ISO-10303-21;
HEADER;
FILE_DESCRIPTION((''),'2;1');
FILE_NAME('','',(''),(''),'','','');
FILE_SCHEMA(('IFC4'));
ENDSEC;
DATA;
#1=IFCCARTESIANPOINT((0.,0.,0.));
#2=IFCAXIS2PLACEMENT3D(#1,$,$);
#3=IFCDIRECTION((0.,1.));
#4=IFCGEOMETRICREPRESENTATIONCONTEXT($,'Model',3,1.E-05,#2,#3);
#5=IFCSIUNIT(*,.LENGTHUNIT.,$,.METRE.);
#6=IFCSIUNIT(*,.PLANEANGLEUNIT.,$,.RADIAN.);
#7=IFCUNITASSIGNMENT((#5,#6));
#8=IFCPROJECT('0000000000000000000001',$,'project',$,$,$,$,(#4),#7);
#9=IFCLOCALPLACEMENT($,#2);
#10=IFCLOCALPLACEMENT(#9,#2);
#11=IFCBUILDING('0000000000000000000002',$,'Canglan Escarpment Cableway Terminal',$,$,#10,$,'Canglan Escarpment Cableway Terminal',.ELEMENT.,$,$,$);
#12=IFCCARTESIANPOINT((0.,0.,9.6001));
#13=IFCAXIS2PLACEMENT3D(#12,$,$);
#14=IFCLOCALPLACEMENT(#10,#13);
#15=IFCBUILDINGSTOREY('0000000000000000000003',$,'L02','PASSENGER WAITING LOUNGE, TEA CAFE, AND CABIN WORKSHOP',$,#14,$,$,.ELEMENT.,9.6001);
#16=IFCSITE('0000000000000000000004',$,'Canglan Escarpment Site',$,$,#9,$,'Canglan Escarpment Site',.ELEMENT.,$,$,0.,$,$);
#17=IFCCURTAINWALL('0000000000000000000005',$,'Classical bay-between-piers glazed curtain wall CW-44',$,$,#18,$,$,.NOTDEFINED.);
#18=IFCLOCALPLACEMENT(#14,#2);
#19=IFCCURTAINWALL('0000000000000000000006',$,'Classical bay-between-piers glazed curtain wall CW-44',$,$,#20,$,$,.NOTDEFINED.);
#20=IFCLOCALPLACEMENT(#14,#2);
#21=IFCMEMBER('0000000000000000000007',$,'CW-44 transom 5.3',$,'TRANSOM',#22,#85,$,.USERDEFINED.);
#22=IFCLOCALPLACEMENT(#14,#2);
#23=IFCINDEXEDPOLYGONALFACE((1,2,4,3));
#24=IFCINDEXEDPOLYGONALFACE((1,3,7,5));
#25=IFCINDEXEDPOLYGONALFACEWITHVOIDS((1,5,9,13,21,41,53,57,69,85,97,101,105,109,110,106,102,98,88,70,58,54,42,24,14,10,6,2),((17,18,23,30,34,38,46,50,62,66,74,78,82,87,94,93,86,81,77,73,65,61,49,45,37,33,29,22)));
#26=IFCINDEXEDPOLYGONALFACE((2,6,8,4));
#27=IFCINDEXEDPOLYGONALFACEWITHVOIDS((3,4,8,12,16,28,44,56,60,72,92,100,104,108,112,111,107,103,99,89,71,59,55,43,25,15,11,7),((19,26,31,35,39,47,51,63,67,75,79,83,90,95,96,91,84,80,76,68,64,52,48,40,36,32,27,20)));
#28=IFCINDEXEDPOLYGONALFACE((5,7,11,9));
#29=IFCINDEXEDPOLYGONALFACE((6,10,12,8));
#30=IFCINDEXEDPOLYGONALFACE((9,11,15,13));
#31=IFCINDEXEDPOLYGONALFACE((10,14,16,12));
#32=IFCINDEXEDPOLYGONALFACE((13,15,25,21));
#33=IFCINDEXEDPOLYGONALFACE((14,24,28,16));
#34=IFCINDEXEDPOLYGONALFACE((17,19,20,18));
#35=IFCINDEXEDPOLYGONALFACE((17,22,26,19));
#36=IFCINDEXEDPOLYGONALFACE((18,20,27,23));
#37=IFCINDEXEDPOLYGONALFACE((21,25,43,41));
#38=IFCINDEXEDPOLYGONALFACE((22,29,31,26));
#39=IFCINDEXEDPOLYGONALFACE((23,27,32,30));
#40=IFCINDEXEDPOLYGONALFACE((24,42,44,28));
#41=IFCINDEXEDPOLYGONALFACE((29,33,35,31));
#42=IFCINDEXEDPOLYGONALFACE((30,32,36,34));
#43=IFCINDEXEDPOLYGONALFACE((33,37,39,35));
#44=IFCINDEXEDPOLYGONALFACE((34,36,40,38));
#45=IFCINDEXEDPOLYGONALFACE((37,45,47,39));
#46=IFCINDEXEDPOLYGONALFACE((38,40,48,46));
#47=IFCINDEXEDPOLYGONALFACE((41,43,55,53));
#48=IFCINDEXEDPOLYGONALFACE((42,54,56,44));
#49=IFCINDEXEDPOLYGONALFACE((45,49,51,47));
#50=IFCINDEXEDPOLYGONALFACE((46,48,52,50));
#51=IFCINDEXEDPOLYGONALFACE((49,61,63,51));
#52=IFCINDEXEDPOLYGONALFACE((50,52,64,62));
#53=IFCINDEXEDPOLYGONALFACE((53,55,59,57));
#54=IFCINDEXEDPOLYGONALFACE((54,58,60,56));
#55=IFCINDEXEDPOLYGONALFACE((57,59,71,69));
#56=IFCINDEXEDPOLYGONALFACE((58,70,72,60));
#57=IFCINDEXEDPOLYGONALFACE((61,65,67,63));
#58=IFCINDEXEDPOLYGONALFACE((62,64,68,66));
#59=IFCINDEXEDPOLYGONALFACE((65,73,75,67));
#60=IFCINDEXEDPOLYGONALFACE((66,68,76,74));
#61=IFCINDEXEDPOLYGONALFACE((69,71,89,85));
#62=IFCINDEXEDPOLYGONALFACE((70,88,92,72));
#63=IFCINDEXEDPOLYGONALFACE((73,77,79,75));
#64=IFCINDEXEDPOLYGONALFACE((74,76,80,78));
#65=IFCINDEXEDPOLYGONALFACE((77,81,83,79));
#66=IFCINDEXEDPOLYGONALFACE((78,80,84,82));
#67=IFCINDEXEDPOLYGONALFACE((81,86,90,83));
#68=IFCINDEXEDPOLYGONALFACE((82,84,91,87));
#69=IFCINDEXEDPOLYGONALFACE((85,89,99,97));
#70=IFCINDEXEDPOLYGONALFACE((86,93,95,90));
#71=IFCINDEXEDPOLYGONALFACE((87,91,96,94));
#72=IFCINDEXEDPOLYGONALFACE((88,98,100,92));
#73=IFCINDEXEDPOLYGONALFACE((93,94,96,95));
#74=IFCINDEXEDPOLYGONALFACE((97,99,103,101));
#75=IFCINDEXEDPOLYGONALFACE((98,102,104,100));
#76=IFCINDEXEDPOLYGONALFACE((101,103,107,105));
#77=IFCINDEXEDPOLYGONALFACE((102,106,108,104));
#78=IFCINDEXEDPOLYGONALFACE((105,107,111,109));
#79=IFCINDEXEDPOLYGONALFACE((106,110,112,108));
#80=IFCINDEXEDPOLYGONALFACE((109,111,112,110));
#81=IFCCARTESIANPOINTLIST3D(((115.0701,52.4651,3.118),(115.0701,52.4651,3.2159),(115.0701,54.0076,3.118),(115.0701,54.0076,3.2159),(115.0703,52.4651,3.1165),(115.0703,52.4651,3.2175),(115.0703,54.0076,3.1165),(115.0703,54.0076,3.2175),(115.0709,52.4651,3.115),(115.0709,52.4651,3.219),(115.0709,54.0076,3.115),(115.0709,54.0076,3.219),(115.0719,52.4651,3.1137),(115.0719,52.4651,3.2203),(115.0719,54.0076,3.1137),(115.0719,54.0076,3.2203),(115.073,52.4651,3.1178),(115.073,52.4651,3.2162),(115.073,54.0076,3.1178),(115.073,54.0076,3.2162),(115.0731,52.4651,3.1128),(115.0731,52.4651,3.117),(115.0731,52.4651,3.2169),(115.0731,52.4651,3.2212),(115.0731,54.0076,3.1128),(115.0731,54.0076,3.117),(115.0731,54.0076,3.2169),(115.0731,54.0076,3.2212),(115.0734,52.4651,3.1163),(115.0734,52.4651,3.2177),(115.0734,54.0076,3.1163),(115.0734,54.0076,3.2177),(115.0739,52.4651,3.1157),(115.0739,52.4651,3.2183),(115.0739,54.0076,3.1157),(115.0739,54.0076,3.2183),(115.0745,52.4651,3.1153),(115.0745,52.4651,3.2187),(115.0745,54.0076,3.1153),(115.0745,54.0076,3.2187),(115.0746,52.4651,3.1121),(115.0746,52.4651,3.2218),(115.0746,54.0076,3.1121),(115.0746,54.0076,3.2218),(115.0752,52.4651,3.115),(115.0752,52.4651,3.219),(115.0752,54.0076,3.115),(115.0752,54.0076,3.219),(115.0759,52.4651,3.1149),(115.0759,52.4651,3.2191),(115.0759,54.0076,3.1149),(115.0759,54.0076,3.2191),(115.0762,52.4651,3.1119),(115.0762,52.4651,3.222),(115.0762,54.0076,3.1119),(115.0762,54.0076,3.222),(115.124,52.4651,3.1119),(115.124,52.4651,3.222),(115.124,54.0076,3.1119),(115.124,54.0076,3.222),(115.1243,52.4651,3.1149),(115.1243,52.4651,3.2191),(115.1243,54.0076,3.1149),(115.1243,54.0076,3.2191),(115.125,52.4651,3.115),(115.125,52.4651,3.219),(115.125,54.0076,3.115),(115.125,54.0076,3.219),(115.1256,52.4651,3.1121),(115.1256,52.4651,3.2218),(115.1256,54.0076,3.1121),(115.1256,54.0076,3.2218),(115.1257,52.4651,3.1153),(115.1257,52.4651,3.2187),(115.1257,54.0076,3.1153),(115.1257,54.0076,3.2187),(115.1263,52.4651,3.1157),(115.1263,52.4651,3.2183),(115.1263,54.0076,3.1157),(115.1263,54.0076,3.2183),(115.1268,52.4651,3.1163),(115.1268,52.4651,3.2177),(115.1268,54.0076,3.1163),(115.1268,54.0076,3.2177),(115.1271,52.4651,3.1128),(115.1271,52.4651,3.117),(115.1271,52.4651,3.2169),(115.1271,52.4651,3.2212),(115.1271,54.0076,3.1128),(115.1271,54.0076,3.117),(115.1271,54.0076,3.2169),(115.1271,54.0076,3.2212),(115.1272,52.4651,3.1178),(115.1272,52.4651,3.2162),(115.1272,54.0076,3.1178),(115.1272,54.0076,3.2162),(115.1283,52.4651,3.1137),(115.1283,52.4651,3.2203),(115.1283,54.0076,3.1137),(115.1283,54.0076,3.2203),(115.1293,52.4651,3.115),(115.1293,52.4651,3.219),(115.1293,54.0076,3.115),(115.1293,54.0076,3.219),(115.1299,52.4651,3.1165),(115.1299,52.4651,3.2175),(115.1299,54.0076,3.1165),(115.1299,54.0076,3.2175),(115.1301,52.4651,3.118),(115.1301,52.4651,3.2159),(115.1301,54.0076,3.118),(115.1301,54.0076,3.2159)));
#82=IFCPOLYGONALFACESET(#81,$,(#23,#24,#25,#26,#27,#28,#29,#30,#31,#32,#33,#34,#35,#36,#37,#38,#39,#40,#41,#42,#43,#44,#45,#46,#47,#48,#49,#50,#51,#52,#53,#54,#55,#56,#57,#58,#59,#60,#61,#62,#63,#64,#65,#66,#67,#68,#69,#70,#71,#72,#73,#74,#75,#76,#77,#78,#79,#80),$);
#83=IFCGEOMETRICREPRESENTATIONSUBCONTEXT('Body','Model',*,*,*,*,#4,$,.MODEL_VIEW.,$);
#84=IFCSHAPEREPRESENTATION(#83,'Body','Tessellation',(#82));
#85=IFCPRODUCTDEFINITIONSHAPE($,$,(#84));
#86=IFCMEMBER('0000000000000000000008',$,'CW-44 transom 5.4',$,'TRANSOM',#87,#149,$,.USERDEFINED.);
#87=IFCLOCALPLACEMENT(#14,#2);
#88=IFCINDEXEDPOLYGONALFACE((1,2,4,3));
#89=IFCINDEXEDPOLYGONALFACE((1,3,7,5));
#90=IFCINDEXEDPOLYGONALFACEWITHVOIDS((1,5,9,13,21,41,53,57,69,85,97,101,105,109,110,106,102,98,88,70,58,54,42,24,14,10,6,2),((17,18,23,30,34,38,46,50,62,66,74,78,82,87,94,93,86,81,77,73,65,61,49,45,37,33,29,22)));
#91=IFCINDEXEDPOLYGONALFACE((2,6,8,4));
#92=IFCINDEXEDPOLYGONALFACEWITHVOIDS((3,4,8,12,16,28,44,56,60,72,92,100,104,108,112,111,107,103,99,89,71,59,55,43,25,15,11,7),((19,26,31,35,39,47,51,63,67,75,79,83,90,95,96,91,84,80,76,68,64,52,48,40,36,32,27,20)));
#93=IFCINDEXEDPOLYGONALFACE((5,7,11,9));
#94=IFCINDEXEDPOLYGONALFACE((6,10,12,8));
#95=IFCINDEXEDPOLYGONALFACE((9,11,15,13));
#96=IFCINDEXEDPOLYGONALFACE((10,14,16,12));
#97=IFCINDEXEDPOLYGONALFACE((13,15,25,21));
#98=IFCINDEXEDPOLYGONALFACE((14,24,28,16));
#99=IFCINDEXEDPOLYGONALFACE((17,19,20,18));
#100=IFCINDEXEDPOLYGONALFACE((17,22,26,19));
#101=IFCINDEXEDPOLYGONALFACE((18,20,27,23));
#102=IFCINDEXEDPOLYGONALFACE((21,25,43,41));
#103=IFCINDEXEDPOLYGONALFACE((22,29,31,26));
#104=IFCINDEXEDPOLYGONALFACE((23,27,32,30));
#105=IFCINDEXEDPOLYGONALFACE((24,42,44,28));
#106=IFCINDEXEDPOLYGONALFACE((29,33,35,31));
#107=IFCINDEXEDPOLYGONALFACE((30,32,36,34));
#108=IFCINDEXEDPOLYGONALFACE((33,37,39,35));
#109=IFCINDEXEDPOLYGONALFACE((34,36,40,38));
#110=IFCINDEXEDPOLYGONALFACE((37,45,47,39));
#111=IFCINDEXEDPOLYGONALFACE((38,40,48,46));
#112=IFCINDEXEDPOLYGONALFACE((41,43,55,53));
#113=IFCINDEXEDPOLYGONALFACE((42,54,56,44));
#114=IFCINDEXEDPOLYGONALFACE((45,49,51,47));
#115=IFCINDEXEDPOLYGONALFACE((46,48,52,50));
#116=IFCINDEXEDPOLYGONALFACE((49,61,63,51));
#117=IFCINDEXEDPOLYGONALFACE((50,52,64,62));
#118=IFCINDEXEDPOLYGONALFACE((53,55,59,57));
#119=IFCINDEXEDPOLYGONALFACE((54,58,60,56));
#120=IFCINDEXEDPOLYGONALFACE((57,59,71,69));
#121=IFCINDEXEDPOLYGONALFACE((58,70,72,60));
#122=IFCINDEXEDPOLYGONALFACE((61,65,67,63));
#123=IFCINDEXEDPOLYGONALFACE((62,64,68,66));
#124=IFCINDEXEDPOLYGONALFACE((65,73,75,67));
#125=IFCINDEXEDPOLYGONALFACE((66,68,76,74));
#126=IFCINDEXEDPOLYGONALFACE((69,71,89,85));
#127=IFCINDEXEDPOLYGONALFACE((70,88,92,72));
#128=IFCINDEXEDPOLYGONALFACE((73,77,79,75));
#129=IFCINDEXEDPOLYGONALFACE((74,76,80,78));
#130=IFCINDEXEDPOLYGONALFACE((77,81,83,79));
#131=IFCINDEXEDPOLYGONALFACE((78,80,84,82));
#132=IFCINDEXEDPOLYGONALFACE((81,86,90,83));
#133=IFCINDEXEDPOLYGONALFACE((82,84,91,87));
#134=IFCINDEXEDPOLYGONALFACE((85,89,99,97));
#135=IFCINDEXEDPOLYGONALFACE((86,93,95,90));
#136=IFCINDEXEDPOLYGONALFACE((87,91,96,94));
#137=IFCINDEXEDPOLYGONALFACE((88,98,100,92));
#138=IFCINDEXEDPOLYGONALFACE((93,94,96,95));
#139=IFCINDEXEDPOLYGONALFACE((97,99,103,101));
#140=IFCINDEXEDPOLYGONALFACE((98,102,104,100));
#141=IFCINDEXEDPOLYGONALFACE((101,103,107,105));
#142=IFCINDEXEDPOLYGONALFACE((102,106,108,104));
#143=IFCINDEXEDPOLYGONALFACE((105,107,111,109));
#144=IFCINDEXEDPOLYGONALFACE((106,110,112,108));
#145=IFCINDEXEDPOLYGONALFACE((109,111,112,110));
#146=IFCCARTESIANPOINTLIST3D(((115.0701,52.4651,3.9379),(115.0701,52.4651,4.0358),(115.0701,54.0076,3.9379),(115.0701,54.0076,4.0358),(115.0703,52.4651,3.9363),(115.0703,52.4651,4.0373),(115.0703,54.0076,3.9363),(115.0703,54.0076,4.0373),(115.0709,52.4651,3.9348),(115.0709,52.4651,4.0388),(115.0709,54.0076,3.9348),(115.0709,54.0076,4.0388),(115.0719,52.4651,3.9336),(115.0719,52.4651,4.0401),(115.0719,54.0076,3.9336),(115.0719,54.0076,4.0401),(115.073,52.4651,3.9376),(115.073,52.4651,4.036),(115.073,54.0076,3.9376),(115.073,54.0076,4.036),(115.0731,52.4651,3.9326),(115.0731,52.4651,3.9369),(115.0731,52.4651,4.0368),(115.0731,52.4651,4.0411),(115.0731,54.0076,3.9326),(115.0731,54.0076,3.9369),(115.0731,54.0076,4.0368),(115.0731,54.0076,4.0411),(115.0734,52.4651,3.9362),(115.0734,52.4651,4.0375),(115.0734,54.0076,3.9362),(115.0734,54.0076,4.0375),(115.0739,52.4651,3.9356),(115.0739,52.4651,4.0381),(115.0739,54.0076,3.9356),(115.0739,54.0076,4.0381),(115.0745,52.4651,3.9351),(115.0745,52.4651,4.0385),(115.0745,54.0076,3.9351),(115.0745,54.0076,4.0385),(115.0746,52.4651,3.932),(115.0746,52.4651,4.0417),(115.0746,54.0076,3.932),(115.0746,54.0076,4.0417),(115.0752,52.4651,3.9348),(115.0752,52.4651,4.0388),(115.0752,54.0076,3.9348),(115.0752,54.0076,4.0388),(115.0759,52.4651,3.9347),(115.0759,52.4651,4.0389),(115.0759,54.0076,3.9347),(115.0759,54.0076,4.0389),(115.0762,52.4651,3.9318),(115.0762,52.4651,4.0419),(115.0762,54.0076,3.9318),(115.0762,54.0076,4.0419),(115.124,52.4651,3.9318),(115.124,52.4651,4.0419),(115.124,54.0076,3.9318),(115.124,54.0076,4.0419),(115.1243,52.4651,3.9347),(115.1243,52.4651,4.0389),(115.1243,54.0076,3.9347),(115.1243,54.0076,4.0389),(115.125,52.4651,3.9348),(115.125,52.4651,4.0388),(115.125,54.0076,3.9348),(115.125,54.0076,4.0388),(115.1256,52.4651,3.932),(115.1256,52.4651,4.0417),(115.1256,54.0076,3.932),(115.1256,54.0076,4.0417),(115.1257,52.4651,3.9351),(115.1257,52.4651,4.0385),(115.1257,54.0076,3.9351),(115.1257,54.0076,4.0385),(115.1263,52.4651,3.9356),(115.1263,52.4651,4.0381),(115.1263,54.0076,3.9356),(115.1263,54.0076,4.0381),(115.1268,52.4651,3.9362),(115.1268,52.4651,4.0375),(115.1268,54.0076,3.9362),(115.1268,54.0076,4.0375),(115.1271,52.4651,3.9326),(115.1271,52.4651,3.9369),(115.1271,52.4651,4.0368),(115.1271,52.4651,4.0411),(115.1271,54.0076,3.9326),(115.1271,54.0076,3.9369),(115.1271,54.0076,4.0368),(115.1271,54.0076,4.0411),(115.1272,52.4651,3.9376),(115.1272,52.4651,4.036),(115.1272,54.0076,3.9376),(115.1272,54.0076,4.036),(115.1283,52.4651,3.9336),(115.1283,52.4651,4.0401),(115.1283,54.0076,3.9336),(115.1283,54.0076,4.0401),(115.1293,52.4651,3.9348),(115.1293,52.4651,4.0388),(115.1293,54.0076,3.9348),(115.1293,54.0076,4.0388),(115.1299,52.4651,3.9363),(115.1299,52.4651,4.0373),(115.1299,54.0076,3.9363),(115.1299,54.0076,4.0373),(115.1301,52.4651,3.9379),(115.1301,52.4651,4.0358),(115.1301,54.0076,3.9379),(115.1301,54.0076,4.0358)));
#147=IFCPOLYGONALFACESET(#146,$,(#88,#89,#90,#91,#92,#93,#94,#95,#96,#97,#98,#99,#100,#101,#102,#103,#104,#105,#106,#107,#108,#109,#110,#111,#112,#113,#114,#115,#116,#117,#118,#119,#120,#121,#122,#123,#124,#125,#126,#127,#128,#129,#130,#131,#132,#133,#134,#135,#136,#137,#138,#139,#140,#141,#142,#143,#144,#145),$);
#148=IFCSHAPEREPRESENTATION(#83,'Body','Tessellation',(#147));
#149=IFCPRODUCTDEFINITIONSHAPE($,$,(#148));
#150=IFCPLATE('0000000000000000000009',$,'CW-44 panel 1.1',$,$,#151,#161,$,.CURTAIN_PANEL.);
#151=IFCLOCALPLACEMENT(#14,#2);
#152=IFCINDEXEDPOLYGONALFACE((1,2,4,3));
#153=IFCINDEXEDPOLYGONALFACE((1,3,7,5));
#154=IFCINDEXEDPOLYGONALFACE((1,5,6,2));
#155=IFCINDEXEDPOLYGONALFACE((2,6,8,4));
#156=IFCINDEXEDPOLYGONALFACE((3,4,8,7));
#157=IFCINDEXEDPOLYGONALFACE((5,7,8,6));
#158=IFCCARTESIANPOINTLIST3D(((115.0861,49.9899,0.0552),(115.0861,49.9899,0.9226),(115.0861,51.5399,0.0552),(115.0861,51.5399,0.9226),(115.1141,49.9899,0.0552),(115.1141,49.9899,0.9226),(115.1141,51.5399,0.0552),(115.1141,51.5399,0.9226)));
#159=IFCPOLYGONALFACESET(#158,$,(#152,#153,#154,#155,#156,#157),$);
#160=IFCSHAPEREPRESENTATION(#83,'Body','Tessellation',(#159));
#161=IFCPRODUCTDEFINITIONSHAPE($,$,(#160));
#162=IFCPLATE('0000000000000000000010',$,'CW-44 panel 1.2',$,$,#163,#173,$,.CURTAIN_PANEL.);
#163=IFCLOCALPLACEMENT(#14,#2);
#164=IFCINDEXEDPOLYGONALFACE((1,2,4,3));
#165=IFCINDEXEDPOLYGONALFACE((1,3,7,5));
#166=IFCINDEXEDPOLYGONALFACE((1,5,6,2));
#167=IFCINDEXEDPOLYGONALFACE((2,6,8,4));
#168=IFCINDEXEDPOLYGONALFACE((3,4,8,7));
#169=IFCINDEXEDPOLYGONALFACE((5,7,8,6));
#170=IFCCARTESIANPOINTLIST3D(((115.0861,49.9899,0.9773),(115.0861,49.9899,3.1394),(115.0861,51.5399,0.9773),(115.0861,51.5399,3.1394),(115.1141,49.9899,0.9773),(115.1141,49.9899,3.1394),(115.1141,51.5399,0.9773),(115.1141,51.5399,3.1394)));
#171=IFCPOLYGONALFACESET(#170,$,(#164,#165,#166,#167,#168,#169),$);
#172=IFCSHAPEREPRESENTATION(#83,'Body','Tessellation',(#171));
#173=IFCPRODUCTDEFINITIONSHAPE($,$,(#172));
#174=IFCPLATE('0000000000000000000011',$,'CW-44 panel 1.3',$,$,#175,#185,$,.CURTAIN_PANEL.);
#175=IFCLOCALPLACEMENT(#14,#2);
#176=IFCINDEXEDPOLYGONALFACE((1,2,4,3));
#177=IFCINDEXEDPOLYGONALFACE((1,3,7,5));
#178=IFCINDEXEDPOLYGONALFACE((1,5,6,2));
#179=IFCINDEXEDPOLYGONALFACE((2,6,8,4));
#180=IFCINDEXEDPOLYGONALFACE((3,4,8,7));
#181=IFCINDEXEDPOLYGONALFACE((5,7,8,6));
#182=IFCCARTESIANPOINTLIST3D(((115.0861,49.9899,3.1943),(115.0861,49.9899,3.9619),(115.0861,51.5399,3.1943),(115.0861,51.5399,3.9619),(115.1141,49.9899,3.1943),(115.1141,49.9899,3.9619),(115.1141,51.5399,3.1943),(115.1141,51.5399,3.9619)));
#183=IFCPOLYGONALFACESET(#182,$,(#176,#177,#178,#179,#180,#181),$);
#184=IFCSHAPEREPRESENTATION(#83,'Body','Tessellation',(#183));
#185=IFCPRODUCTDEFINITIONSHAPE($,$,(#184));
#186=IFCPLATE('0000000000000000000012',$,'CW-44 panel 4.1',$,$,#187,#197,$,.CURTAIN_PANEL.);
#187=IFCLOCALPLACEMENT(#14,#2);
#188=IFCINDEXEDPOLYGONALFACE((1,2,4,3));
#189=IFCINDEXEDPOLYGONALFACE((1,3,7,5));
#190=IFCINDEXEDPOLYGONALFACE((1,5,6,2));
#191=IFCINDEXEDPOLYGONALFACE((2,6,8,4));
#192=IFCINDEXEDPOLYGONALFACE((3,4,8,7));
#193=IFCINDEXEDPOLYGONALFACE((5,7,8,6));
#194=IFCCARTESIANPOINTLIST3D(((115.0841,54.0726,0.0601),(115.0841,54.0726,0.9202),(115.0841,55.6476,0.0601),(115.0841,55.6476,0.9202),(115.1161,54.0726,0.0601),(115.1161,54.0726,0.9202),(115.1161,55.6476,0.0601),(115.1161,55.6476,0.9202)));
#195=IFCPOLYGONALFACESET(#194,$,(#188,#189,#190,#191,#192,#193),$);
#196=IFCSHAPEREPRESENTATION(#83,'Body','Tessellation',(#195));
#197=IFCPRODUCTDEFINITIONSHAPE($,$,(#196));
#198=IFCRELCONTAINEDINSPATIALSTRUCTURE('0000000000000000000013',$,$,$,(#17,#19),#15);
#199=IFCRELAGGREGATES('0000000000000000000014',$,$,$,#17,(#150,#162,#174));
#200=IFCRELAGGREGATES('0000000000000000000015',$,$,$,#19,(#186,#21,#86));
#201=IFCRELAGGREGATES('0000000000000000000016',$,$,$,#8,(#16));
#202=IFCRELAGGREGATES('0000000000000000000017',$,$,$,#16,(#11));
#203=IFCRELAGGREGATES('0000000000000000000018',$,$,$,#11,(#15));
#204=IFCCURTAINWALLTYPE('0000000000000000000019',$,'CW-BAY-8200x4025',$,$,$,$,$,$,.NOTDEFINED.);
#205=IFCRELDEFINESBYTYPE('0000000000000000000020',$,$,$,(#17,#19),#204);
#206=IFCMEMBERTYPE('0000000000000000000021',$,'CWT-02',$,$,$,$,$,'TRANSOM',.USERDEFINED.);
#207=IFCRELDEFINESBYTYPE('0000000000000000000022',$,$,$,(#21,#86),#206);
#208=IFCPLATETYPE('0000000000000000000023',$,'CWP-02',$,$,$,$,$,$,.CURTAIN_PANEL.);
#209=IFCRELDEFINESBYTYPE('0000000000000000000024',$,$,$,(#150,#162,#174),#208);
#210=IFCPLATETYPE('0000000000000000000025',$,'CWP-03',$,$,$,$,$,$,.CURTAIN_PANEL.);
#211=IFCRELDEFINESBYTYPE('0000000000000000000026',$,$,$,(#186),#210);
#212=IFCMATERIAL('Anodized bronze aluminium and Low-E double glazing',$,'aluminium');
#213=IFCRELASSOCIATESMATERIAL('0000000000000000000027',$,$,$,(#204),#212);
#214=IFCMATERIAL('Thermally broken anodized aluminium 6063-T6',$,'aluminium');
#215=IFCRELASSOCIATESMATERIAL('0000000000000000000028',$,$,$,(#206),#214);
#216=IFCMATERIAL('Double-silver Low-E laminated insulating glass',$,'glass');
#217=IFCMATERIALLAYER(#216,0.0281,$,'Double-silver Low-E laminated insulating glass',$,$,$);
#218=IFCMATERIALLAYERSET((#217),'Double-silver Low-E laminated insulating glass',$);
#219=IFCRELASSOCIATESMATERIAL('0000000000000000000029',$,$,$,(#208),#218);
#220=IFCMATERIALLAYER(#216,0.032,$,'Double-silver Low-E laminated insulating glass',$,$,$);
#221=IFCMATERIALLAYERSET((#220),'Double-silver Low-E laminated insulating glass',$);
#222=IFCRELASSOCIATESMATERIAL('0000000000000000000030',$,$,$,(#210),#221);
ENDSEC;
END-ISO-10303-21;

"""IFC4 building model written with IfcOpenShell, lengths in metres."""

from ifc_helpers import new_model, si_unit, direction, frame, origin, origin_2d, place, context, subcontext, project, spatial, rectangle, hollow_rectangle, extrude, material, layer, layer_set, material_profile, profile_set, type_object, element, aggregate, save


model = new_model("IFC4")

# Units and contexts
model_context = context("Model", 3, precision=1e-05, world=origin(), true_north=direction((0.0, 1.0)))
body_context = subcontext(model_context, "Body", "Model", "MODEL_VIEW")
ifc_project = project(units=[si_unit("LENGTHUNIT", "METRE"), si_unit("PLANEANGLEUNIT", "RADIAN")], contexts=[model_context])

# Site, building, storey
site_placement = place(None, origin())
site = spatial("IfcSite", under=ifc_project, at=site_placement, Name="Canglan Escarpment Site", LongName="Canglan Escarpment Site", CompositionType="ELEMENT", RefElevation=0.0)
building_placement = place(site_placement, origin())
building = spatial("IfcBuilding", under=site, at=building_placement, Name="Canglan Escarpment Cableway Terminal", LongName="Canglan Escarpment Cableway Terminal", CompositionType="ELEMENT")
storey_placement = place(building_placement, frame((0.0, 0.0, 9.6001)))
storey = spatial("IfcBuildingStorey", under=building, at=storey_placement, Name="L02", Description="PASSENGER WAITING LOUNGE, TEA CAFE, AND CABIN WORKSHOP", CompositionType="ELEMENT", Elevation=9.6001)

# Curtain walls
ifc_material_1 = material(Name="Anodized bronze aluminium and Low-E double glazing", Category="aluminium")
curtain_wall_type = type_object("IfcCurtainWallType", Name="CW-BAY-8200x4025", PredefinedType="NOTDEFINED", material=ifc_material_1)
curtain_wall_1_placement = place(storey_placement, origin())
curtain_wall_1 = element("IfcCurtainWall", 1, at=curtain_wall_1_placement, inside=storey, type_object=curtain_wall_type, Name="Classical bay-between-piers glazed curtain wall CW-44", PredefinedType="NOTDEFINED")
ifc_material_2 = material(Name="Thermally broken anodized aluminium 6063-T6", Category="aluminium")
curtain_wall_2_placement = place(storey_placement, origin())
curtain_wall_2 = element("IfcCurtainWall", 2, at=curtain_wall_2_placement, inside=storey, type_object=curtain_wall_type, Name="Classical bay-between-piers glazed curtain wall CW-44", PredefinedType="NOTDEFINED")

# Members
ifc_material_profile_1 = material_profile(ifc_material_2, hollow_rectangle(XDim=0.0601, YDim=0.1101, WallThickness=0.0029, InnerFilletRadius=0.0029, OuterFilletRadius=0.0061, at=origin_2d()), Name="ALU-TRAN 60x110x3")
ifc_profile_set_1 = profile_set([ifc_material_profile_1], Name="Thermally broken anodized aluminium 6063-T6")
member_type_1 = type_object("IfcMemberType", Name="CWT-02", ElementType="TRANSOM", PredefinedType="USERDEFINED", material=ifc_profile_set_1)
member_1_placement = place(storey_placement, frame((115.1001, 54.0076, 3.167), z_axis=(0.0, -1.0, 0.0), x_axis=(1.0, 0.0, 0.0)))
member_1 = element("IfcMember", 3, at=member_1_placement, type_object=member_type_1, Name="CW-44 transom 5.3", ObjectType="TRANSOM", PredefinedType="USERDEFINED", context=body_context, shape_type="SweptSolid", body=[
    extrude(hollow_rectangle(XDim=0.0601, YDim=0.1101, WallThickness=0.0029, InnerFilletRadius=0.0029, OuterFilletRadius=0.0061, at=origin_2d()), origin(), (0.0, 0.0, 1.0), 1.5425),
])
member_2_placement = place(storey_placement, frame((115.1001, 54.0076, 3.9868), z_axis=(0.0, -1.0, 0.0), x_axis=(1.0, 0.0, 0.0)))
member_2 = element("IfcMember", 4, at=member_2_placement, type_object=member_type_1, Name="CW-44 transom 5.4", ObjectType="TRANSOM", PredefinedType="USERDEFINED", context=body_context, shape_type="SweptSolid", body=[
    extrude(hollow_rectangle(XDim=0.0601, YDim=0.1101, WallThickness=0.0029, InnerFilletRadius=0.0029, OuterFilletRadius=0.0061, at=origin_2d()), origin(), (0.0, 0.0, 1.0), 1.5425),
])

# Plates
ifc_material_3 = material(Name="Double-silver Low-E laminated insulating glass", Category="glass")
ifc_layer_1 = layer(ifc_material_3, 0.0281, Name="Double-silver Low-E laminated insulating glass")
ifc_layer_set_1 = layer_set([ifc_layer_1], Name="Double-silver Low-E laminated insulating glass")
plate_type_1 = type_object("IfcPlateType", Name="CWP-02", PredefinedType="CURTAIN_PANEL", material=ifc_layer_set_1)
plate_1_placement = place(storey_placement, frame((115.1001, 50.7649, 0.0552), z_axis=(0.0, 0.0, 1.0), x_axis=(0.0, -1.0, 0.0)))
plate_1 = element("IfcPlate", 5, at=plate_1_placement, type_object=plate_type_1, Name="CW-44 panel 1.1", PredefinedType="CURTAIN_PANEL", context=body_context, shape_type="SweptSolid", body=[
    extrude(rectangle(XDim=1.55, YDim=0.0281, at=origin_2d()), origin(), (0.0, 0.0, 1.0), 0.8674),
])
plate_2_placement = place(storey_placement, frame((115.1001, 50.7649, 0.9773), z_axis=(0.0, 0.0, 1.0), x_axis=(0.0, -1.0, 0.0)))
plate_2 = element("IfcPlate", 6, at=plate_2_placement, type_object=plate_type_1, Name="CW-44 panel 1.2", PredefinedType="CURTAIN_PANEL", context=body_context, shape_type="SweptSolid", body=[
    extrude(rectangle(XDim=1.55, YDim=0.0281, at=origin_2d()), origin(), (0.0, 0.0, 1.0), 2.1621),
])
plate_3_placement = place(storey_placement, frame((115.1001, 50.7649, 3.1943), z_axis=(0.0, 0.0, 1.0), x_axis=(0.0, -1.0, 0.0)))
plate_3 = element("IfcPlate", 7, at=plate_3_placement, type_object=plate_type_1, Name="CW-44 panel 1.3", PredefinedType="CURTAIN_PANEL", context=body_context, shape_type="SweptSolid", body=[
    extrude(rectangle(XDim=1.55, YDim=0.0281, at=origin_2d()), origin(), (0.0, 0.0, 1.0), 0.7676),
])
aggregate(curtain_wall_1, [plate_1, plate_2, plate_3])
ifc_layer_2 = layer(ifc_material_3, 0.032, Name="Double-silver Low-E laminated insulating glass")
ifc_layer_set_2 = layer_set([ifc_layer_2], Name="Double-silver Low-E laminated insulating glass")
plate_type_2 = type_object("IfcPlateType", Name="CWP-03", PredefinedType="CURTAIN_PANEL", material=ifc_layer_set_2)
plate_4_placement = place(storey_placement, frame((115.1001, 54.8601, 0.0601), z_axis=(0.0, 0.0, 1.0), x_axis=(0.0, -1.0, 0.0)))
plate_4 = element("IfcPlate", 8, at=plate_4_placement, type_object=plate_type_2, Name="CW-44 panel 4.1", PredefinedType="CURTAIN_PANEL", context=body_context, shape_type="SweptSolid", body=[
    extrude(rectangle(XDim=1.575, YDim=0.032, at=origin_2d()), origin(), (0.0, 0.0, 1.0), 0.8601),
])
aggregate(curtain_wall_2, [plate_4, member_1, member_2])

save(model, "model.ifc")
